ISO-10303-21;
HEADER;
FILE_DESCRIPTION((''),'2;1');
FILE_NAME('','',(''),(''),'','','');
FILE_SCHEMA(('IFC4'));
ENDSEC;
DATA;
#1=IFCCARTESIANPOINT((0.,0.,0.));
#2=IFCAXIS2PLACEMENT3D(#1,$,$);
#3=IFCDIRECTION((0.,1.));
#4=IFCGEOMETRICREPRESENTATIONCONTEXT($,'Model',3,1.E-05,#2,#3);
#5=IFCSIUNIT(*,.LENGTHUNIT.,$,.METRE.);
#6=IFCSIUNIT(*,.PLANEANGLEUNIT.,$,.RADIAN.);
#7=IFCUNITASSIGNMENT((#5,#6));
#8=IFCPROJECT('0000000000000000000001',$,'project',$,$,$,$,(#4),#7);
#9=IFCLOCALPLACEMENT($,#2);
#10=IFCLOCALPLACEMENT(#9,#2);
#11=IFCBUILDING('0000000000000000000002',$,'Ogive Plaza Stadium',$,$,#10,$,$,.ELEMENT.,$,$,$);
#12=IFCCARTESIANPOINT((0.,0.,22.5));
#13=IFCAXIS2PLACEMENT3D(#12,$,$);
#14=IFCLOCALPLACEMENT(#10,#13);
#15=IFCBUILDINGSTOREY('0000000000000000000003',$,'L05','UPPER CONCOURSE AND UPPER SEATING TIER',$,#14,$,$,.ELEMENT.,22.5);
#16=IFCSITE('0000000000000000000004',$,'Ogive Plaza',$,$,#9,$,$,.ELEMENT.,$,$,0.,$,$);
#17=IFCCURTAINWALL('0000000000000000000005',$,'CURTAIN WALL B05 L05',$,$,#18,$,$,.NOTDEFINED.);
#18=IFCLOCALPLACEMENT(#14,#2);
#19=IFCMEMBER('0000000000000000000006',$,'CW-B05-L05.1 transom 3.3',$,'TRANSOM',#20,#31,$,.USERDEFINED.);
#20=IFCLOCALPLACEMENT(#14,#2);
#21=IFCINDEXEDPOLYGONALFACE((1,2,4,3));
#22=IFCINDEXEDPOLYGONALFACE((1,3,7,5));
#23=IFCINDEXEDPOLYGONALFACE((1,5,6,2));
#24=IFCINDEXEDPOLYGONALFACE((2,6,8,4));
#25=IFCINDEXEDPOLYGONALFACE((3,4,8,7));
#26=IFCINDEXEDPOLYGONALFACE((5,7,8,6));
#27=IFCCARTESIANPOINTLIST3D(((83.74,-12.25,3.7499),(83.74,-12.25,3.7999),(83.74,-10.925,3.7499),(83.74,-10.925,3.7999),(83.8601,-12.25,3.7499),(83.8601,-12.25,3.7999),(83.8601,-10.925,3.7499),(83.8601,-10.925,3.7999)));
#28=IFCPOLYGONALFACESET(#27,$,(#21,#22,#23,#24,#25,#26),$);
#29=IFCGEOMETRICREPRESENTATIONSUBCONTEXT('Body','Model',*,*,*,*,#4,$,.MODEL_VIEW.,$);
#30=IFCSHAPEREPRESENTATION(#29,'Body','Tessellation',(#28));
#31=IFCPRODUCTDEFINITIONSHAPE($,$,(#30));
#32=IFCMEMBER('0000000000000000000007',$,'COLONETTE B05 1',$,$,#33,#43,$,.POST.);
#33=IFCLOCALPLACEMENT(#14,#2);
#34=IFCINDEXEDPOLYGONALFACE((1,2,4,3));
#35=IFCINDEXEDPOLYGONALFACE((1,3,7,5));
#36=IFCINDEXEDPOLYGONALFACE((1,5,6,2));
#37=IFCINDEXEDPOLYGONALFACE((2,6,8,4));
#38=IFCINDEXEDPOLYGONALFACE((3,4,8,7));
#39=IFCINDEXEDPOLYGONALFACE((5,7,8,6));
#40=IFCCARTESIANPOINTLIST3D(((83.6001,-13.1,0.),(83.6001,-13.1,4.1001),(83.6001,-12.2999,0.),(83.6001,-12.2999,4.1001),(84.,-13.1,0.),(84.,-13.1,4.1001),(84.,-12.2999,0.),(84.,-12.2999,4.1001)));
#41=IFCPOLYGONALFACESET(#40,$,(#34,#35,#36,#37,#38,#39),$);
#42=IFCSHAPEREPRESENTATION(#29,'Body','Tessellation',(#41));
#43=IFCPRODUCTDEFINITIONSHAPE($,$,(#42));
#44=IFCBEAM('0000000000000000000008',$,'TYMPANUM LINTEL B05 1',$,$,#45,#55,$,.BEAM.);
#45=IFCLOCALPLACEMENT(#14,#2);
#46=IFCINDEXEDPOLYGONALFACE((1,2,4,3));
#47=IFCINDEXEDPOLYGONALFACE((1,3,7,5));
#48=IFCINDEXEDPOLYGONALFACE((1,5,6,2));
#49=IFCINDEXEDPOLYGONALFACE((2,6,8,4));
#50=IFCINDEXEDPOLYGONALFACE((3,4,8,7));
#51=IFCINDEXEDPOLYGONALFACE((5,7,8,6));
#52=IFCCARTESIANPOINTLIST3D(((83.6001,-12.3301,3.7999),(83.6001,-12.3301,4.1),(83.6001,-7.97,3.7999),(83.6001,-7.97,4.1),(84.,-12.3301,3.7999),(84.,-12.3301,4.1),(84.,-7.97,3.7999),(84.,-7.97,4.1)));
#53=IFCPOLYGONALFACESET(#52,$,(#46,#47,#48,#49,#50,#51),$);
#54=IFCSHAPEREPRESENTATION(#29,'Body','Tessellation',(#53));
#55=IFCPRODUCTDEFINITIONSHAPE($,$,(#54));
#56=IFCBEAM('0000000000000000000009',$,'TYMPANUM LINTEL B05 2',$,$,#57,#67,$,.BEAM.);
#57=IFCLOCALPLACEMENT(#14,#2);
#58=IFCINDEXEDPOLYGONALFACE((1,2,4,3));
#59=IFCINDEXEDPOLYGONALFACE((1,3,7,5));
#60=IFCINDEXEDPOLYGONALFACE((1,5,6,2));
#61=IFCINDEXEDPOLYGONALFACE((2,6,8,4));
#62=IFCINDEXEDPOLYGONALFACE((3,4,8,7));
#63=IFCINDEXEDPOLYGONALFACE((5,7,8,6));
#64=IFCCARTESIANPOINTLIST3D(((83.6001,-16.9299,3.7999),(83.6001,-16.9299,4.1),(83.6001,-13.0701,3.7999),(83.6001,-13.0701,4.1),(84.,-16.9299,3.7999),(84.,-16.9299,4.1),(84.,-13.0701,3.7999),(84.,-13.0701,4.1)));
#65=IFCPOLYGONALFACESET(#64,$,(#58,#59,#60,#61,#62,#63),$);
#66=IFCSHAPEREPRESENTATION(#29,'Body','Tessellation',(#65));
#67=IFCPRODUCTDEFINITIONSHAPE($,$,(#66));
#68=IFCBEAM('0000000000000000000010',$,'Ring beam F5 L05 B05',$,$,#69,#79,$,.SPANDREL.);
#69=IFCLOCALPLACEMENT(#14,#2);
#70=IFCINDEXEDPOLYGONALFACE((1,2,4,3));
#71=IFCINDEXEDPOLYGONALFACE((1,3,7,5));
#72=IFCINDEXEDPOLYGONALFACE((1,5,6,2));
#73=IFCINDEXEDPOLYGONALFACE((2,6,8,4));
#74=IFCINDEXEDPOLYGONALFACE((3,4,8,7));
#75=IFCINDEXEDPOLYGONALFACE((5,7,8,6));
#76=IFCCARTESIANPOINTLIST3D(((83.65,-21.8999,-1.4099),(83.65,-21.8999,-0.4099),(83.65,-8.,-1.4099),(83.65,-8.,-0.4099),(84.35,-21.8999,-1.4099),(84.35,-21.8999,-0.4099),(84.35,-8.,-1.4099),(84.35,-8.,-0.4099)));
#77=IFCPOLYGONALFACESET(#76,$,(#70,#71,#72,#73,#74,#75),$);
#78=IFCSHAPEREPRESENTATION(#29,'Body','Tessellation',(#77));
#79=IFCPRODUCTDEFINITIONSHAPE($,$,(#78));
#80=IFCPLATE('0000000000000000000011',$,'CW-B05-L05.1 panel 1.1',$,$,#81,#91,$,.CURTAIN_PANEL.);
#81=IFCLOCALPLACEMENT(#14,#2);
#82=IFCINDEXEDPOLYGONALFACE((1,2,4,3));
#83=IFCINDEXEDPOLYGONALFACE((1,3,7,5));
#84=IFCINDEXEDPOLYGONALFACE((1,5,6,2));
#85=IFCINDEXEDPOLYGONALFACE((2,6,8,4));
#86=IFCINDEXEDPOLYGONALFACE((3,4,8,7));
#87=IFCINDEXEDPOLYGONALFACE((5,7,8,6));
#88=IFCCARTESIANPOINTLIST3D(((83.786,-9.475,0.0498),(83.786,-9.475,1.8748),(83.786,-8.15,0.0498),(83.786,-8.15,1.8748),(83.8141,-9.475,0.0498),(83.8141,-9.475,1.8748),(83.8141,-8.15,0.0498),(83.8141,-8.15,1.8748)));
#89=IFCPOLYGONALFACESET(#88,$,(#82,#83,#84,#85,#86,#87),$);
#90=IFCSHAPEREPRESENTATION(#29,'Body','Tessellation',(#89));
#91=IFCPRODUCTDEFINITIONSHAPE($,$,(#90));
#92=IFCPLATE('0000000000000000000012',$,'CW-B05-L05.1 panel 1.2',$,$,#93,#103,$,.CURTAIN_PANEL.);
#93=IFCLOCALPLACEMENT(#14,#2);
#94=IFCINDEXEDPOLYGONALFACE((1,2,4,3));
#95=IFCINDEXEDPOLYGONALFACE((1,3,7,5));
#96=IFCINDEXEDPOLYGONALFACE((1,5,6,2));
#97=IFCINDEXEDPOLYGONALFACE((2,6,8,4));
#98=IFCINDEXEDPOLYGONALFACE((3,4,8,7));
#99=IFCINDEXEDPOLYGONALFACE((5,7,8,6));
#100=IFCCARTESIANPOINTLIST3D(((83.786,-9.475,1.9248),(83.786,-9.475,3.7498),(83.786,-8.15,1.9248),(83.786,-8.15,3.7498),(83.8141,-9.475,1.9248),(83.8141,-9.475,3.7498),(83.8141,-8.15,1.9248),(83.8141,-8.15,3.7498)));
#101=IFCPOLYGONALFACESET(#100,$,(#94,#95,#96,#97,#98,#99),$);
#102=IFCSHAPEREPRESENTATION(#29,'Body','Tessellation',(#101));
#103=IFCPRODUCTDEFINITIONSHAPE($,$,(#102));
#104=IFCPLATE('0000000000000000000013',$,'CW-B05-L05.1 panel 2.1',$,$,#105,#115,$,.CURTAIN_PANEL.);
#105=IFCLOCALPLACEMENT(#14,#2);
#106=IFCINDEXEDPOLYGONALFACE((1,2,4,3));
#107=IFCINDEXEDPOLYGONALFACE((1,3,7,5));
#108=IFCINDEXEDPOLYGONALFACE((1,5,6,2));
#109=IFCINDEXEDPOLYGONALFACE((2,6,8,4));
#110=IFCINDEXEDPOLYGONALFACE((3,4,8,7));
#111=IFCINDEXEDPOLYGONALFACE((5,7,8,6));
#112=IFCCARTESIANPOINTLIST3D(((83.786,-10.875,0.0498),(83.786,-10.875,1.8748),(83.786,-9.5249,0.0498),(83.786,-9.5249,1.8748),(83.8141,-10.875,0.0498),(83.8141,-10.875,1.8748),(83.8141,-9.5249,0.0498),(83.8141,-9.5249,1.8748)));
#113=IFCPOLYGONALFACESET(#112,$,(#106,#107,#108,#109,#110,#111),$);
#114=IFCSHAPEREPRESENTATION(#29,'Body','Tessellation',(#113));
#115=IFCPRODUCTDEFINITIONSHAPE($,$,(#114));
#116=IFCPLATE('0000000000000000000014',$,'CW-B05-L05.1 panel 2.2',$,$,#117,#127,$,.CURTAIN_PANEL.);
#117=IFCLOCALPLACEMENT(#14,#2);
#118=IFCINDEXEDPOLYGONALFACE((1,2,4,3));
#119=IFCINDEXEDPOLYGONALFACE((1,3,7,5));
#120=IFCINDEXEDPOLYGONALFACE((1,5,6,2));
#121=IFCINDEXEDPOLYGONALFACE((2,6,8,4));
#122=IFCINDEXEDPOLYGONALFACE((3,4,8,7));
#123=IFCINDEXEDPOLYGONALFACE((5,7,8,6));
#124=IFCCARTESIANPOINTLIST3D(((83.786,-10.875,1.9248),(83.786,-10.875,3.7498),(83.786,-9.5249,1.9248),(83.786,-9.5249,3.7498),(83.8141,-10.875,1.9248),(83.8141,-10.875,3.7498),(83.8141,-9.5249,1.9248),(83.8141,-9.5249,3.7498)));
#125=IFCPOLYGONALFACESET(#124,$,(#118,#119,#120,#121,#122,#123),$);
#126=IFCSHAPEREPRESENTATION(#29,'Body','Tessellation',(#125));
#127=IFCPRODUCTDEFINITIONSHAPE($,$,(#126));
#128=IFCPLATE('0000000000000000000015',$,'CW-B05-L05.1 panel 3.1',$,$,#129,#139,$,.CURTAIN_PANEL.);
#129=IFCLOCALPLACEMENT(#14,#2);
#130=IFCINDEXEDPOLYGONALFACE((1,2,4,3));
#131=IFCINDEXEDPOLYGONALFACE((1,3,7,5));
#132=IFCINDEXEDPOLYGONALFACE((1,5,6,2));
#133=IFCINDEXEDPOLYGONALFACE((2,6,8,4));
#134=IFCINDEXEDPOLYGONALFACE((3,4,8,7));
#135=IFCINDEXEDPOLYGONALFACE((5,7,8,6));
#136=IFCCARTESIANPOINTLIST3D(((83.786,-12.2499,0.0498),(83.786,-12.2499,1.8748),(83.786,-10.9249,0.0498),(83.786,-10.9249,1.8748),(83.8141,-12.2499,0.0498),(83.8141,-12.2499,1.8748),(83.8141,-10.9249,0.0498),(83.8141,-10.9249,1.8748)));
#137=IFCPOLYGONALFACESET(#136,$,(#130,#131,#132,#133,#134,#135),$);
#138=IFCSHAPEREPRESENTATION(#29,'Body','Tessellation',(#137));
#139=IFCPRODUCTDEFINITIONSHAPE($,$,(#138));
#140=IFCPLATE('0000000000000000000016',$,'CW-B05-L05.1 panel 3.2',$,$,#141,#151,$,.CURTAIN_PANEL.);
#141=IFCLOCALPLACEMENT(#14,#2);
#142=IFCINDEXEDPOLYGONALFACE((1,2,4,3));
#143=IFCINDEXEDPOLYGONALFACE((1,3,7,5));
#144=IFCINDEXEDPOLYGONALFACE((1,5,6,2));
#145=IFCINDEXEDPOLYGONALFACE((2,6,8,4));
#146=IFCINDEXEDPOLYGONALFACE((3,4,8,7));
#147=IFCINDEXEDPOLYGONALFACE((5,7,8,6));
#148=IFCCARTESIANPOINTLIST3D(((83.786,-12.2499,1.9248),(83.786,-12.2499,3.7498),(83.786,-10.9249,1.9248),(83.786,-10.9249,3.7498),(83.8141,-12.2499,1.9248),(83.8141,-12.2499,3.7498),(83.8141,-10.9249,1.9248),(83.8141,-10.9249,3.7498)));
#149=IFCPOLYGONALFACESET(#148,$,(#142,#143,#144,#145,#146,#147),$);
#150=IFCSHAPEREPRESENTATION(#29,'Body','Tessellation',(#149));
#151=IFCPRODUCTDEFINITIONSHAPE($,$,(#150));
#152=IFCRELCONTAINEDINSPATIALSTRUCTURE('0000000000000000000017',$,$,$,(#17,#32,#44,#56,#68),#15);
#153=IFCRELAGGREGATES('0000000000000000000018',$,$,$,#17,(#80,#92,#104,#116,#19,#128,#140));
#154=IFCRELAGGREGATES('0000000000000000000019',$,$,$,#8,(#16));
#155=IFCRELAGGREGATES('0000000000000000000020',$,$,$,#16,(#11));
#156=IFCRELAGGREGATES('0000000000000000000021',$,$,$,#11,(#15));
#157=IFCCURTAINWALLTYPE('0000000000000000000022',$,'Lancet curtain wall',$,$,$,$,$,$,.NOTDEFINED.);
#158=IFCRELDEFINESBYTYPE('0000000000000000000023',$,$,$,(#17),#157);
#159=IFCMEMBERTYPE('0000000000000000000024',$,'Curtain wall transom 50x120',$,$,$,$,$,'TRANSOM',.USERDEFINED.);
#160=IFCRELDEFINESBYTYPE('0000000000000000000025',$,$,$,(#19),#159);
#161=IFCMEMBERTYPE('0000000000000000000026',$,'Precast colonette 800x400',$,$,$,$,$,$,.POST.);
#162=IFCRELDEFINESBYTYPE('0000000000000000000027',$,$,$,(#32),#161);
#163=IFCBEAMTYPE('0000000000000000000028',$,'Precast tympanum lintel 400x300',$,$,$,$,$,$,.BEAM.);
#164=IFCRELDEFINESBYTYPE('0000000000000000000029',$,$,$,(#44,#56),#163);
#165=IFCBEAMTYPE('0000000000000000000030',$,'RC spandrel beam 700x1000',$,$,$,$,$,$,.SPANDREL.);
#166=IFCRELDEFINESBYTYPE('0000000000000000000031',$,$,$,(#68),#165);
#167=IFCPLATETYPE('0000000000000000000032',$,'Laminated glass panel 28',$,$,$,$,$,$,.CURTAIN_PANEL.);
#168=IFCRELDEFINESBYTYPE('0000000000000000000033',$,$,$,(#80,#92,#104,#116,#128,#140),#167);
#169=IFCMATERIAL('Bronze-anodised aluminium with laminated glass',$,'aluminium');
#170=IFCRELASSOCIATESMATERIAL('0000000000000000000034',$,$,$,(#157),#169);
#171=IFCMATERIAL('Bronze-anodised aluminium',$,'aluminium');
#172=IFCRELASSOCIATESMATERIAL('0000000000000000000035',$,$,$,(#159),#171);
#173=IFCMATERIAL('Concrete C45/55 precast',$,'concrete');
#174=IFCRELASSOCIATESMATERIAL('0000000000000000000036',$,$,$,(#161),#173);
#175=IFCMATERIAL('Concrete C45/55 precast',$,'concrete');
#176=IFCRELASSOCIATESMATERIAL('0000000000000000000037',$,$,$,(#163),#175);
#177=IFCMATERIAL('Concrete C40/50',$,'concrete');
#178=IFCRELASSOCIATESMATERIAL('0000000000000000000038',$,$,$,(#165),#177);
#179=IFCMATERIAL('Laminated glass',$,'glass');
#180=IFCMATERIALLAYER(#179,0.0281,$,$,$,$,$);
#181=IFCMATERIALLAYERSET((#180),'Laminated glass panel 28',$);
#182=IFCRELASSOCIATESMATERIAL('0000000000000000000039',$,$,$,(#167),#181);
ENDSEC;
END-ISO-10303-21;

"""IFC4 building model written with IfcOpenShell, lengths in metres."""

from ifc_helpers import new_model, si_unit, direction, frame, origin, origin_2d, place, context, subcontext, project, spatial, rectangle, extrude, material, layer, layer_set, material_profile, profile_set, type_object, element, aggregate, save


model = new_model("IFC4")

# Units and contexts
model_context = context("Model", 3, precision=1e-05, world=origin(), true_north=direction((0.0, 1.0)))
body_context = subcontext(model_context, "Body", "Model", "MODEL_VIEW")
ifc_project = project(units=[si_unit("LENGTHUNIT", "METRE"), si_unit("PLANEANGLEUNIT", "RADIAN")], contexts=[model_context])

# Site, building, storey
site_placement = place(None, origin())
site = spatial("IfcSite", under=ifc_project, at=site_placement, Name="Ogive Plaza", CompositionType="ELEMENT", RefElevation=0.0)
building_placement = place(site_placement, origin())
building = spatial("IfcBuilding", under=site, at=building_placement, Name="Ogive Plaza Stadium", CompositionType="ELEMENT")
storey_placement = place(building_placement, frame((0.0, 0.0, 22.5)))
storey = spatial("IfcBuildingStorey", under=building, at=storey_placement, Name="L05", Description="UPPER CONCOURSE AND UPPER SEATING TIER", CompositionType="ELEMENT", Elevation=22.5)

# Shared definitions
ifc_material_1 = material(Name="Bronze-anodised aluminium with laminated glass", Category="aluminium")
curtain_wall_type = type_object("IfcCurtainWallType", Name="Lancet curtain wall", PredefinedType="NOTDEFINED", material=ifc_material_1)

# Curtain wall, member
curtain_wall_1_placement = place(storey_placement, origin())
curtain_wall_1 = element("IfcCurtainWall", 1, at=curtain_wall_1_placement, inside=storey, type_object=curtain_wall_type, Name="CURTAIN WALL B05 L05", PredefinedType="NOTDEFINED")
ifc_material_2 = material(Name="Bronze-anodised aluminium", Category="aluminium")
ifc_material_profile_1 = material_profile(ifc_material_2, rectangle(XDim=0.1201, YDim=0.05, at=origin_2d()), Name="AL 120x50")
ifc_profile_set_1 = profile_set([ifc_material_profile_1], Name="Bronze-anodised aluminium")
member_type_1 = type_object("IfcMemberType", Name="Curtain wall transom 50x120", ElementType="TRANSOM", PredefinedType="USERDEFINED", material=ifc_profile_set_1)
member_1_placement = place(storey_placement, frame((83.8, -10.925, 3.7749), z_axis=(0.0, -1.0, 0.0), x_axis=(1.0, 0.0, 0.0)))
member_1 = element("IfcMember", 2, at=member_1_placement, type_object=member_type_1, Name="CW-B05-L05.1 transom 3.3", ObjectType="TRANSOM", PredefinedType="USERDEFINED", context=body_context, shape_type="SweptSolid", body=[
    extrude(rectangle(XDim=0.1201, YDim=0.05, at=origin_2d()), origin(), (0.0, 0.0, 1.0), 1.325),
])

# Member
ifc_material_3 = material(Name="Concrete C45/55 precast", Category="concrete")
ifc_material_profile_2 = material_profile(ifc_material_3, rectangle(XDim=0.3999, YDim=0.8, at=origin_2d()), Name="RC 400x800")
ifc_profile_set_2 = profile_set([ifc_material_profile_2], Name="Concrete C45/55 precast")
member_type_2 = type_object("IfcMemberType", Name="Precast colonette 800x400", PredefinedType="POST", material=ifc_profile_set_2)
member_2_placement = place(storey_placement, frame((83.8, -12.7, 0.0), z_axis=(0.0, 0.0, 1.0), x_axis=(1.0, 0.0, 0.0)))
element("IfcMember", 3, at=member_2_placement, inside=storey, type_object=member_type_2, Name="COLONETTE B05 1", PredefinedType="POST", context=body_context, shape_type="SweptSolid", body=[
    extrude(rectangle(XDim=0.3999, YDim=0.8, at=origin_2d()), origin(), (0.0, 0.0, 1.0), 4.1001),
])

# Beams
ifc_material_4 = material(Name="Concrete C45/55 precast", Category="concrete")
ifc_material_profile_3 = material_profile(ifc_material_4, rectangle(XDim=0.3999, YDim=0.3, at=origin_2d()), Name="RC 400x300")
ifc_profile_set_3 = profile_set([ifc_material_profile_3], Name="Concrete C45/55 precast")
beam_type_1 = type_object("IfcBeamType", Name="Precast tympanum lintel 400x300", PredefinedType="BEAM", material=ifc_profile_set_3)
beam_1_placement = place(storey_placement, frame((83.8, -7.97, 3.95), z_axis=(0.0, -1.0, 0.0), x_axis=(1.0, 0.0, 0.0)))
element("IfcBeam", 4, at=beam_1_placement, inside=storey, type_object=beam_type_1, Name="TYMPANUM LINTEL B05 1", PredefinedType="BEAM", context=body_context, shape_type="SweptSolid", body=[
    extrude(rectangle(XDim=0.3999, YDim=0.3, at=origin_2d()), origin(), (0.0, 0.0, 1.0), 4.3601),
])
beam_2_placement = place(storey_placement, frame((83.8, -13.0701, 3.95), z_axis=(0.0, -1.0, 0.0), x_axis=(1.0, 0.0, 0.0)))
element("IfcBeam", 5, at=beam_2_placement, inside=storey, type_object=beam_type_1, Name="TYMPANUM LINTEL B05 2", PredefinedType="BEAM", context=body_context, shape_type="SweptSolid", body=[
    extrude(rectangle(XDim=0.3999, YDim=0.3, at=origin_2d()), origin(), (0.0, 0.0, 1.0), 3.8599),
])
ifc_material_5 = material(Name="Concrete C40/50", Category="concrete")
ifc_material_profile_4 = material_profile(ifc_material_5, rectangle(XDim=0.7, YDim=1.0, at=origin_2d()), Name="RC 700x1000")
ifc_profile_set_4 = profile_set([ifc_material_profile_4], Name="Concrete C40/50")
beam_type_2 = type_object("IfcBeamType", Name="RC spandrel beam 700x1000", PredefinedType="SPANDREL", material=ifc_profile_set_4)
beam_3_placement = place(storey_placement, frame((84.0, -8.0, -0.9099), z_axis=(0.0, -1.0, 0.0), x_axis=(1.0, 0.0, 0.0)))
element("IfcBeam", 6, at=beam_3_placement, inside=storey, type_object=beam_type_2, Name="Ring beam F5 L05 B05", PredefinedType="SPANDREL", context=body_context, shape_type="SweptSolid", body=[
    extrude(rectangle(XDim=0.7, YDim=1.0, at=origin_2d()), origin(), (0.0, 0.0, 1.0), 13.8999),
])

# Plates
ifc_material_6 = material(Name="Laminated glass", Category="glass")
ifc_layer_1 = layer(ifc_material_6, 0.0281)
ifc_layer_set_1 = layer_set([ifc_layer_1], Name="Laminated glass panel 28")
plate_type = type_object("IfcPlateType", Name="Laminated glass panel 28", PredefinedType="CURTAIN_PANEL", material=ifc_layer_set_1)
plate_1_placement = place(storey_placement, frame((83.8, -8.8125, 0.0498), z_axis=(0.0, 0.0, 1.0), x_axis=(0.0, -1.0, 0.0)))
plate_1 = element("IfcPlate", 7, at=plate_1_placement, type_object=plate_type, Name="CW-B05-L05.1 panel 1.1", PredefinedType="CURTAIN_PANEL", context=body_context, shape_type="SweptSolid", body=[
    extrude(rectangle(XDim=1.325, YDim=0.0281, at=origin_2d()), origin(), (0.0, 0.0, 1.0), 1.825),
])
plate_2_placement = place(storey_placement, frame((83.8, -8.8125, 1.9248), z_axis=(0.0, 0.0, 1.0), x_axis=(0.0, -1.0, 0.0)))
plate_2 = element("IfcPlate", 8, at=plate_2_placement, type_object=plate_type, Name="CW-B05-L05.1 panel 1.2", PredefinedType="CURTAIN_PANEL", context=body_context, shape_type="SweptSolid", body=[
    extrude(rectangle(XDim=1.325, YDim=0.0281, at=origin_2d()), origin(), (0.0, 0.0, 1.0), 1.825),
])
plate_3_placement = place(storey_placement, frame((83.8, -10.2, 0.0498), z_axis=(0.0, 0.0, 1.0), x_axis=(0.0, -1.0, 0.0)))
plate_3 = element("IfcPlate", 9, at=plate_3_placement, type_object=plate_type, Name="CW-B05-L05.1 panel 2.1", PredefinedType="CURTAIN_PANEL", context=body_context, shape_type="SweptSolid", body=[
    extrude(rectangle(XDim=1.3501, YDim=0.0281, at=origin_2d()), origin(), (0.0, 0.0, 1.0), 1.825),
])
plate_4_placement = place(storey_placement, frame((83.8, -10.2, 1.9248), z_axis=(0.0, 0.0, 1.0), x_axis=(0.0, -1.0, 0.0)))
plate_4 = element("IfcPlate", 10, at=plate_4_placement, type_object=plate_type, Name="CW-B05-L05.1 panel 2.2", PredefinedType="CURTAIN_PANEL", context=body_context, shape_type="SweptSolid", body=[
    extrude(rectangle(XDim=1.3501, YDim=0.0281, at=origin_2d()), origin(), (0.0, 0.0, 1.0), 1.825),
])
plate_5_placement = place(storey_placement, frame((83.8, -11.5874, 0.0498), z_axis=(0.0, 0.0, 1.0), x_axis=(0.0, -1.0, 0.0)))
plate_5 = element("IfcPlate", 11, at=plate_5_placement, type_object=plate_type, Name="CW-B05-L05.1 panel 3.1", PredefinedType="CURTAIN_PANEL", context=body_context, shape_type="SweptSolid", body=[
    extrude(rectangle(XDim=1.325, YDim=0.0281, at=origin_2d()), origin(), (0.0, 0.0, 1.0), 1.825),
])
plate_6_placement = place(storey_placement, frame((83.8, -11.5874, 1.9248), z_axis=(0.0, 0.0, 1.0), x_axis=(0.0, -1.0, 0.0)))
plate_6 = element("IfcPlate", 12, at=plate_6_placement, type_object=plate_type, Name="CW-B05-L05.1 panel 3.2", PredefinedType="CURTAIN_PANEL", context=body_context, shape_type="SweptSolid", body=[
    extrude(rectangle(XDim=1.325, YDim=0.0281, at=origin_2d()), origin(), (0.0, 0.0, 1.0), 1.825),
])
aggregate(curtain_wall_1, [plate_1, plate_2, plate_3, plate_4, member_1, plate_5, plate_6])

save(model, "model.ifc")
